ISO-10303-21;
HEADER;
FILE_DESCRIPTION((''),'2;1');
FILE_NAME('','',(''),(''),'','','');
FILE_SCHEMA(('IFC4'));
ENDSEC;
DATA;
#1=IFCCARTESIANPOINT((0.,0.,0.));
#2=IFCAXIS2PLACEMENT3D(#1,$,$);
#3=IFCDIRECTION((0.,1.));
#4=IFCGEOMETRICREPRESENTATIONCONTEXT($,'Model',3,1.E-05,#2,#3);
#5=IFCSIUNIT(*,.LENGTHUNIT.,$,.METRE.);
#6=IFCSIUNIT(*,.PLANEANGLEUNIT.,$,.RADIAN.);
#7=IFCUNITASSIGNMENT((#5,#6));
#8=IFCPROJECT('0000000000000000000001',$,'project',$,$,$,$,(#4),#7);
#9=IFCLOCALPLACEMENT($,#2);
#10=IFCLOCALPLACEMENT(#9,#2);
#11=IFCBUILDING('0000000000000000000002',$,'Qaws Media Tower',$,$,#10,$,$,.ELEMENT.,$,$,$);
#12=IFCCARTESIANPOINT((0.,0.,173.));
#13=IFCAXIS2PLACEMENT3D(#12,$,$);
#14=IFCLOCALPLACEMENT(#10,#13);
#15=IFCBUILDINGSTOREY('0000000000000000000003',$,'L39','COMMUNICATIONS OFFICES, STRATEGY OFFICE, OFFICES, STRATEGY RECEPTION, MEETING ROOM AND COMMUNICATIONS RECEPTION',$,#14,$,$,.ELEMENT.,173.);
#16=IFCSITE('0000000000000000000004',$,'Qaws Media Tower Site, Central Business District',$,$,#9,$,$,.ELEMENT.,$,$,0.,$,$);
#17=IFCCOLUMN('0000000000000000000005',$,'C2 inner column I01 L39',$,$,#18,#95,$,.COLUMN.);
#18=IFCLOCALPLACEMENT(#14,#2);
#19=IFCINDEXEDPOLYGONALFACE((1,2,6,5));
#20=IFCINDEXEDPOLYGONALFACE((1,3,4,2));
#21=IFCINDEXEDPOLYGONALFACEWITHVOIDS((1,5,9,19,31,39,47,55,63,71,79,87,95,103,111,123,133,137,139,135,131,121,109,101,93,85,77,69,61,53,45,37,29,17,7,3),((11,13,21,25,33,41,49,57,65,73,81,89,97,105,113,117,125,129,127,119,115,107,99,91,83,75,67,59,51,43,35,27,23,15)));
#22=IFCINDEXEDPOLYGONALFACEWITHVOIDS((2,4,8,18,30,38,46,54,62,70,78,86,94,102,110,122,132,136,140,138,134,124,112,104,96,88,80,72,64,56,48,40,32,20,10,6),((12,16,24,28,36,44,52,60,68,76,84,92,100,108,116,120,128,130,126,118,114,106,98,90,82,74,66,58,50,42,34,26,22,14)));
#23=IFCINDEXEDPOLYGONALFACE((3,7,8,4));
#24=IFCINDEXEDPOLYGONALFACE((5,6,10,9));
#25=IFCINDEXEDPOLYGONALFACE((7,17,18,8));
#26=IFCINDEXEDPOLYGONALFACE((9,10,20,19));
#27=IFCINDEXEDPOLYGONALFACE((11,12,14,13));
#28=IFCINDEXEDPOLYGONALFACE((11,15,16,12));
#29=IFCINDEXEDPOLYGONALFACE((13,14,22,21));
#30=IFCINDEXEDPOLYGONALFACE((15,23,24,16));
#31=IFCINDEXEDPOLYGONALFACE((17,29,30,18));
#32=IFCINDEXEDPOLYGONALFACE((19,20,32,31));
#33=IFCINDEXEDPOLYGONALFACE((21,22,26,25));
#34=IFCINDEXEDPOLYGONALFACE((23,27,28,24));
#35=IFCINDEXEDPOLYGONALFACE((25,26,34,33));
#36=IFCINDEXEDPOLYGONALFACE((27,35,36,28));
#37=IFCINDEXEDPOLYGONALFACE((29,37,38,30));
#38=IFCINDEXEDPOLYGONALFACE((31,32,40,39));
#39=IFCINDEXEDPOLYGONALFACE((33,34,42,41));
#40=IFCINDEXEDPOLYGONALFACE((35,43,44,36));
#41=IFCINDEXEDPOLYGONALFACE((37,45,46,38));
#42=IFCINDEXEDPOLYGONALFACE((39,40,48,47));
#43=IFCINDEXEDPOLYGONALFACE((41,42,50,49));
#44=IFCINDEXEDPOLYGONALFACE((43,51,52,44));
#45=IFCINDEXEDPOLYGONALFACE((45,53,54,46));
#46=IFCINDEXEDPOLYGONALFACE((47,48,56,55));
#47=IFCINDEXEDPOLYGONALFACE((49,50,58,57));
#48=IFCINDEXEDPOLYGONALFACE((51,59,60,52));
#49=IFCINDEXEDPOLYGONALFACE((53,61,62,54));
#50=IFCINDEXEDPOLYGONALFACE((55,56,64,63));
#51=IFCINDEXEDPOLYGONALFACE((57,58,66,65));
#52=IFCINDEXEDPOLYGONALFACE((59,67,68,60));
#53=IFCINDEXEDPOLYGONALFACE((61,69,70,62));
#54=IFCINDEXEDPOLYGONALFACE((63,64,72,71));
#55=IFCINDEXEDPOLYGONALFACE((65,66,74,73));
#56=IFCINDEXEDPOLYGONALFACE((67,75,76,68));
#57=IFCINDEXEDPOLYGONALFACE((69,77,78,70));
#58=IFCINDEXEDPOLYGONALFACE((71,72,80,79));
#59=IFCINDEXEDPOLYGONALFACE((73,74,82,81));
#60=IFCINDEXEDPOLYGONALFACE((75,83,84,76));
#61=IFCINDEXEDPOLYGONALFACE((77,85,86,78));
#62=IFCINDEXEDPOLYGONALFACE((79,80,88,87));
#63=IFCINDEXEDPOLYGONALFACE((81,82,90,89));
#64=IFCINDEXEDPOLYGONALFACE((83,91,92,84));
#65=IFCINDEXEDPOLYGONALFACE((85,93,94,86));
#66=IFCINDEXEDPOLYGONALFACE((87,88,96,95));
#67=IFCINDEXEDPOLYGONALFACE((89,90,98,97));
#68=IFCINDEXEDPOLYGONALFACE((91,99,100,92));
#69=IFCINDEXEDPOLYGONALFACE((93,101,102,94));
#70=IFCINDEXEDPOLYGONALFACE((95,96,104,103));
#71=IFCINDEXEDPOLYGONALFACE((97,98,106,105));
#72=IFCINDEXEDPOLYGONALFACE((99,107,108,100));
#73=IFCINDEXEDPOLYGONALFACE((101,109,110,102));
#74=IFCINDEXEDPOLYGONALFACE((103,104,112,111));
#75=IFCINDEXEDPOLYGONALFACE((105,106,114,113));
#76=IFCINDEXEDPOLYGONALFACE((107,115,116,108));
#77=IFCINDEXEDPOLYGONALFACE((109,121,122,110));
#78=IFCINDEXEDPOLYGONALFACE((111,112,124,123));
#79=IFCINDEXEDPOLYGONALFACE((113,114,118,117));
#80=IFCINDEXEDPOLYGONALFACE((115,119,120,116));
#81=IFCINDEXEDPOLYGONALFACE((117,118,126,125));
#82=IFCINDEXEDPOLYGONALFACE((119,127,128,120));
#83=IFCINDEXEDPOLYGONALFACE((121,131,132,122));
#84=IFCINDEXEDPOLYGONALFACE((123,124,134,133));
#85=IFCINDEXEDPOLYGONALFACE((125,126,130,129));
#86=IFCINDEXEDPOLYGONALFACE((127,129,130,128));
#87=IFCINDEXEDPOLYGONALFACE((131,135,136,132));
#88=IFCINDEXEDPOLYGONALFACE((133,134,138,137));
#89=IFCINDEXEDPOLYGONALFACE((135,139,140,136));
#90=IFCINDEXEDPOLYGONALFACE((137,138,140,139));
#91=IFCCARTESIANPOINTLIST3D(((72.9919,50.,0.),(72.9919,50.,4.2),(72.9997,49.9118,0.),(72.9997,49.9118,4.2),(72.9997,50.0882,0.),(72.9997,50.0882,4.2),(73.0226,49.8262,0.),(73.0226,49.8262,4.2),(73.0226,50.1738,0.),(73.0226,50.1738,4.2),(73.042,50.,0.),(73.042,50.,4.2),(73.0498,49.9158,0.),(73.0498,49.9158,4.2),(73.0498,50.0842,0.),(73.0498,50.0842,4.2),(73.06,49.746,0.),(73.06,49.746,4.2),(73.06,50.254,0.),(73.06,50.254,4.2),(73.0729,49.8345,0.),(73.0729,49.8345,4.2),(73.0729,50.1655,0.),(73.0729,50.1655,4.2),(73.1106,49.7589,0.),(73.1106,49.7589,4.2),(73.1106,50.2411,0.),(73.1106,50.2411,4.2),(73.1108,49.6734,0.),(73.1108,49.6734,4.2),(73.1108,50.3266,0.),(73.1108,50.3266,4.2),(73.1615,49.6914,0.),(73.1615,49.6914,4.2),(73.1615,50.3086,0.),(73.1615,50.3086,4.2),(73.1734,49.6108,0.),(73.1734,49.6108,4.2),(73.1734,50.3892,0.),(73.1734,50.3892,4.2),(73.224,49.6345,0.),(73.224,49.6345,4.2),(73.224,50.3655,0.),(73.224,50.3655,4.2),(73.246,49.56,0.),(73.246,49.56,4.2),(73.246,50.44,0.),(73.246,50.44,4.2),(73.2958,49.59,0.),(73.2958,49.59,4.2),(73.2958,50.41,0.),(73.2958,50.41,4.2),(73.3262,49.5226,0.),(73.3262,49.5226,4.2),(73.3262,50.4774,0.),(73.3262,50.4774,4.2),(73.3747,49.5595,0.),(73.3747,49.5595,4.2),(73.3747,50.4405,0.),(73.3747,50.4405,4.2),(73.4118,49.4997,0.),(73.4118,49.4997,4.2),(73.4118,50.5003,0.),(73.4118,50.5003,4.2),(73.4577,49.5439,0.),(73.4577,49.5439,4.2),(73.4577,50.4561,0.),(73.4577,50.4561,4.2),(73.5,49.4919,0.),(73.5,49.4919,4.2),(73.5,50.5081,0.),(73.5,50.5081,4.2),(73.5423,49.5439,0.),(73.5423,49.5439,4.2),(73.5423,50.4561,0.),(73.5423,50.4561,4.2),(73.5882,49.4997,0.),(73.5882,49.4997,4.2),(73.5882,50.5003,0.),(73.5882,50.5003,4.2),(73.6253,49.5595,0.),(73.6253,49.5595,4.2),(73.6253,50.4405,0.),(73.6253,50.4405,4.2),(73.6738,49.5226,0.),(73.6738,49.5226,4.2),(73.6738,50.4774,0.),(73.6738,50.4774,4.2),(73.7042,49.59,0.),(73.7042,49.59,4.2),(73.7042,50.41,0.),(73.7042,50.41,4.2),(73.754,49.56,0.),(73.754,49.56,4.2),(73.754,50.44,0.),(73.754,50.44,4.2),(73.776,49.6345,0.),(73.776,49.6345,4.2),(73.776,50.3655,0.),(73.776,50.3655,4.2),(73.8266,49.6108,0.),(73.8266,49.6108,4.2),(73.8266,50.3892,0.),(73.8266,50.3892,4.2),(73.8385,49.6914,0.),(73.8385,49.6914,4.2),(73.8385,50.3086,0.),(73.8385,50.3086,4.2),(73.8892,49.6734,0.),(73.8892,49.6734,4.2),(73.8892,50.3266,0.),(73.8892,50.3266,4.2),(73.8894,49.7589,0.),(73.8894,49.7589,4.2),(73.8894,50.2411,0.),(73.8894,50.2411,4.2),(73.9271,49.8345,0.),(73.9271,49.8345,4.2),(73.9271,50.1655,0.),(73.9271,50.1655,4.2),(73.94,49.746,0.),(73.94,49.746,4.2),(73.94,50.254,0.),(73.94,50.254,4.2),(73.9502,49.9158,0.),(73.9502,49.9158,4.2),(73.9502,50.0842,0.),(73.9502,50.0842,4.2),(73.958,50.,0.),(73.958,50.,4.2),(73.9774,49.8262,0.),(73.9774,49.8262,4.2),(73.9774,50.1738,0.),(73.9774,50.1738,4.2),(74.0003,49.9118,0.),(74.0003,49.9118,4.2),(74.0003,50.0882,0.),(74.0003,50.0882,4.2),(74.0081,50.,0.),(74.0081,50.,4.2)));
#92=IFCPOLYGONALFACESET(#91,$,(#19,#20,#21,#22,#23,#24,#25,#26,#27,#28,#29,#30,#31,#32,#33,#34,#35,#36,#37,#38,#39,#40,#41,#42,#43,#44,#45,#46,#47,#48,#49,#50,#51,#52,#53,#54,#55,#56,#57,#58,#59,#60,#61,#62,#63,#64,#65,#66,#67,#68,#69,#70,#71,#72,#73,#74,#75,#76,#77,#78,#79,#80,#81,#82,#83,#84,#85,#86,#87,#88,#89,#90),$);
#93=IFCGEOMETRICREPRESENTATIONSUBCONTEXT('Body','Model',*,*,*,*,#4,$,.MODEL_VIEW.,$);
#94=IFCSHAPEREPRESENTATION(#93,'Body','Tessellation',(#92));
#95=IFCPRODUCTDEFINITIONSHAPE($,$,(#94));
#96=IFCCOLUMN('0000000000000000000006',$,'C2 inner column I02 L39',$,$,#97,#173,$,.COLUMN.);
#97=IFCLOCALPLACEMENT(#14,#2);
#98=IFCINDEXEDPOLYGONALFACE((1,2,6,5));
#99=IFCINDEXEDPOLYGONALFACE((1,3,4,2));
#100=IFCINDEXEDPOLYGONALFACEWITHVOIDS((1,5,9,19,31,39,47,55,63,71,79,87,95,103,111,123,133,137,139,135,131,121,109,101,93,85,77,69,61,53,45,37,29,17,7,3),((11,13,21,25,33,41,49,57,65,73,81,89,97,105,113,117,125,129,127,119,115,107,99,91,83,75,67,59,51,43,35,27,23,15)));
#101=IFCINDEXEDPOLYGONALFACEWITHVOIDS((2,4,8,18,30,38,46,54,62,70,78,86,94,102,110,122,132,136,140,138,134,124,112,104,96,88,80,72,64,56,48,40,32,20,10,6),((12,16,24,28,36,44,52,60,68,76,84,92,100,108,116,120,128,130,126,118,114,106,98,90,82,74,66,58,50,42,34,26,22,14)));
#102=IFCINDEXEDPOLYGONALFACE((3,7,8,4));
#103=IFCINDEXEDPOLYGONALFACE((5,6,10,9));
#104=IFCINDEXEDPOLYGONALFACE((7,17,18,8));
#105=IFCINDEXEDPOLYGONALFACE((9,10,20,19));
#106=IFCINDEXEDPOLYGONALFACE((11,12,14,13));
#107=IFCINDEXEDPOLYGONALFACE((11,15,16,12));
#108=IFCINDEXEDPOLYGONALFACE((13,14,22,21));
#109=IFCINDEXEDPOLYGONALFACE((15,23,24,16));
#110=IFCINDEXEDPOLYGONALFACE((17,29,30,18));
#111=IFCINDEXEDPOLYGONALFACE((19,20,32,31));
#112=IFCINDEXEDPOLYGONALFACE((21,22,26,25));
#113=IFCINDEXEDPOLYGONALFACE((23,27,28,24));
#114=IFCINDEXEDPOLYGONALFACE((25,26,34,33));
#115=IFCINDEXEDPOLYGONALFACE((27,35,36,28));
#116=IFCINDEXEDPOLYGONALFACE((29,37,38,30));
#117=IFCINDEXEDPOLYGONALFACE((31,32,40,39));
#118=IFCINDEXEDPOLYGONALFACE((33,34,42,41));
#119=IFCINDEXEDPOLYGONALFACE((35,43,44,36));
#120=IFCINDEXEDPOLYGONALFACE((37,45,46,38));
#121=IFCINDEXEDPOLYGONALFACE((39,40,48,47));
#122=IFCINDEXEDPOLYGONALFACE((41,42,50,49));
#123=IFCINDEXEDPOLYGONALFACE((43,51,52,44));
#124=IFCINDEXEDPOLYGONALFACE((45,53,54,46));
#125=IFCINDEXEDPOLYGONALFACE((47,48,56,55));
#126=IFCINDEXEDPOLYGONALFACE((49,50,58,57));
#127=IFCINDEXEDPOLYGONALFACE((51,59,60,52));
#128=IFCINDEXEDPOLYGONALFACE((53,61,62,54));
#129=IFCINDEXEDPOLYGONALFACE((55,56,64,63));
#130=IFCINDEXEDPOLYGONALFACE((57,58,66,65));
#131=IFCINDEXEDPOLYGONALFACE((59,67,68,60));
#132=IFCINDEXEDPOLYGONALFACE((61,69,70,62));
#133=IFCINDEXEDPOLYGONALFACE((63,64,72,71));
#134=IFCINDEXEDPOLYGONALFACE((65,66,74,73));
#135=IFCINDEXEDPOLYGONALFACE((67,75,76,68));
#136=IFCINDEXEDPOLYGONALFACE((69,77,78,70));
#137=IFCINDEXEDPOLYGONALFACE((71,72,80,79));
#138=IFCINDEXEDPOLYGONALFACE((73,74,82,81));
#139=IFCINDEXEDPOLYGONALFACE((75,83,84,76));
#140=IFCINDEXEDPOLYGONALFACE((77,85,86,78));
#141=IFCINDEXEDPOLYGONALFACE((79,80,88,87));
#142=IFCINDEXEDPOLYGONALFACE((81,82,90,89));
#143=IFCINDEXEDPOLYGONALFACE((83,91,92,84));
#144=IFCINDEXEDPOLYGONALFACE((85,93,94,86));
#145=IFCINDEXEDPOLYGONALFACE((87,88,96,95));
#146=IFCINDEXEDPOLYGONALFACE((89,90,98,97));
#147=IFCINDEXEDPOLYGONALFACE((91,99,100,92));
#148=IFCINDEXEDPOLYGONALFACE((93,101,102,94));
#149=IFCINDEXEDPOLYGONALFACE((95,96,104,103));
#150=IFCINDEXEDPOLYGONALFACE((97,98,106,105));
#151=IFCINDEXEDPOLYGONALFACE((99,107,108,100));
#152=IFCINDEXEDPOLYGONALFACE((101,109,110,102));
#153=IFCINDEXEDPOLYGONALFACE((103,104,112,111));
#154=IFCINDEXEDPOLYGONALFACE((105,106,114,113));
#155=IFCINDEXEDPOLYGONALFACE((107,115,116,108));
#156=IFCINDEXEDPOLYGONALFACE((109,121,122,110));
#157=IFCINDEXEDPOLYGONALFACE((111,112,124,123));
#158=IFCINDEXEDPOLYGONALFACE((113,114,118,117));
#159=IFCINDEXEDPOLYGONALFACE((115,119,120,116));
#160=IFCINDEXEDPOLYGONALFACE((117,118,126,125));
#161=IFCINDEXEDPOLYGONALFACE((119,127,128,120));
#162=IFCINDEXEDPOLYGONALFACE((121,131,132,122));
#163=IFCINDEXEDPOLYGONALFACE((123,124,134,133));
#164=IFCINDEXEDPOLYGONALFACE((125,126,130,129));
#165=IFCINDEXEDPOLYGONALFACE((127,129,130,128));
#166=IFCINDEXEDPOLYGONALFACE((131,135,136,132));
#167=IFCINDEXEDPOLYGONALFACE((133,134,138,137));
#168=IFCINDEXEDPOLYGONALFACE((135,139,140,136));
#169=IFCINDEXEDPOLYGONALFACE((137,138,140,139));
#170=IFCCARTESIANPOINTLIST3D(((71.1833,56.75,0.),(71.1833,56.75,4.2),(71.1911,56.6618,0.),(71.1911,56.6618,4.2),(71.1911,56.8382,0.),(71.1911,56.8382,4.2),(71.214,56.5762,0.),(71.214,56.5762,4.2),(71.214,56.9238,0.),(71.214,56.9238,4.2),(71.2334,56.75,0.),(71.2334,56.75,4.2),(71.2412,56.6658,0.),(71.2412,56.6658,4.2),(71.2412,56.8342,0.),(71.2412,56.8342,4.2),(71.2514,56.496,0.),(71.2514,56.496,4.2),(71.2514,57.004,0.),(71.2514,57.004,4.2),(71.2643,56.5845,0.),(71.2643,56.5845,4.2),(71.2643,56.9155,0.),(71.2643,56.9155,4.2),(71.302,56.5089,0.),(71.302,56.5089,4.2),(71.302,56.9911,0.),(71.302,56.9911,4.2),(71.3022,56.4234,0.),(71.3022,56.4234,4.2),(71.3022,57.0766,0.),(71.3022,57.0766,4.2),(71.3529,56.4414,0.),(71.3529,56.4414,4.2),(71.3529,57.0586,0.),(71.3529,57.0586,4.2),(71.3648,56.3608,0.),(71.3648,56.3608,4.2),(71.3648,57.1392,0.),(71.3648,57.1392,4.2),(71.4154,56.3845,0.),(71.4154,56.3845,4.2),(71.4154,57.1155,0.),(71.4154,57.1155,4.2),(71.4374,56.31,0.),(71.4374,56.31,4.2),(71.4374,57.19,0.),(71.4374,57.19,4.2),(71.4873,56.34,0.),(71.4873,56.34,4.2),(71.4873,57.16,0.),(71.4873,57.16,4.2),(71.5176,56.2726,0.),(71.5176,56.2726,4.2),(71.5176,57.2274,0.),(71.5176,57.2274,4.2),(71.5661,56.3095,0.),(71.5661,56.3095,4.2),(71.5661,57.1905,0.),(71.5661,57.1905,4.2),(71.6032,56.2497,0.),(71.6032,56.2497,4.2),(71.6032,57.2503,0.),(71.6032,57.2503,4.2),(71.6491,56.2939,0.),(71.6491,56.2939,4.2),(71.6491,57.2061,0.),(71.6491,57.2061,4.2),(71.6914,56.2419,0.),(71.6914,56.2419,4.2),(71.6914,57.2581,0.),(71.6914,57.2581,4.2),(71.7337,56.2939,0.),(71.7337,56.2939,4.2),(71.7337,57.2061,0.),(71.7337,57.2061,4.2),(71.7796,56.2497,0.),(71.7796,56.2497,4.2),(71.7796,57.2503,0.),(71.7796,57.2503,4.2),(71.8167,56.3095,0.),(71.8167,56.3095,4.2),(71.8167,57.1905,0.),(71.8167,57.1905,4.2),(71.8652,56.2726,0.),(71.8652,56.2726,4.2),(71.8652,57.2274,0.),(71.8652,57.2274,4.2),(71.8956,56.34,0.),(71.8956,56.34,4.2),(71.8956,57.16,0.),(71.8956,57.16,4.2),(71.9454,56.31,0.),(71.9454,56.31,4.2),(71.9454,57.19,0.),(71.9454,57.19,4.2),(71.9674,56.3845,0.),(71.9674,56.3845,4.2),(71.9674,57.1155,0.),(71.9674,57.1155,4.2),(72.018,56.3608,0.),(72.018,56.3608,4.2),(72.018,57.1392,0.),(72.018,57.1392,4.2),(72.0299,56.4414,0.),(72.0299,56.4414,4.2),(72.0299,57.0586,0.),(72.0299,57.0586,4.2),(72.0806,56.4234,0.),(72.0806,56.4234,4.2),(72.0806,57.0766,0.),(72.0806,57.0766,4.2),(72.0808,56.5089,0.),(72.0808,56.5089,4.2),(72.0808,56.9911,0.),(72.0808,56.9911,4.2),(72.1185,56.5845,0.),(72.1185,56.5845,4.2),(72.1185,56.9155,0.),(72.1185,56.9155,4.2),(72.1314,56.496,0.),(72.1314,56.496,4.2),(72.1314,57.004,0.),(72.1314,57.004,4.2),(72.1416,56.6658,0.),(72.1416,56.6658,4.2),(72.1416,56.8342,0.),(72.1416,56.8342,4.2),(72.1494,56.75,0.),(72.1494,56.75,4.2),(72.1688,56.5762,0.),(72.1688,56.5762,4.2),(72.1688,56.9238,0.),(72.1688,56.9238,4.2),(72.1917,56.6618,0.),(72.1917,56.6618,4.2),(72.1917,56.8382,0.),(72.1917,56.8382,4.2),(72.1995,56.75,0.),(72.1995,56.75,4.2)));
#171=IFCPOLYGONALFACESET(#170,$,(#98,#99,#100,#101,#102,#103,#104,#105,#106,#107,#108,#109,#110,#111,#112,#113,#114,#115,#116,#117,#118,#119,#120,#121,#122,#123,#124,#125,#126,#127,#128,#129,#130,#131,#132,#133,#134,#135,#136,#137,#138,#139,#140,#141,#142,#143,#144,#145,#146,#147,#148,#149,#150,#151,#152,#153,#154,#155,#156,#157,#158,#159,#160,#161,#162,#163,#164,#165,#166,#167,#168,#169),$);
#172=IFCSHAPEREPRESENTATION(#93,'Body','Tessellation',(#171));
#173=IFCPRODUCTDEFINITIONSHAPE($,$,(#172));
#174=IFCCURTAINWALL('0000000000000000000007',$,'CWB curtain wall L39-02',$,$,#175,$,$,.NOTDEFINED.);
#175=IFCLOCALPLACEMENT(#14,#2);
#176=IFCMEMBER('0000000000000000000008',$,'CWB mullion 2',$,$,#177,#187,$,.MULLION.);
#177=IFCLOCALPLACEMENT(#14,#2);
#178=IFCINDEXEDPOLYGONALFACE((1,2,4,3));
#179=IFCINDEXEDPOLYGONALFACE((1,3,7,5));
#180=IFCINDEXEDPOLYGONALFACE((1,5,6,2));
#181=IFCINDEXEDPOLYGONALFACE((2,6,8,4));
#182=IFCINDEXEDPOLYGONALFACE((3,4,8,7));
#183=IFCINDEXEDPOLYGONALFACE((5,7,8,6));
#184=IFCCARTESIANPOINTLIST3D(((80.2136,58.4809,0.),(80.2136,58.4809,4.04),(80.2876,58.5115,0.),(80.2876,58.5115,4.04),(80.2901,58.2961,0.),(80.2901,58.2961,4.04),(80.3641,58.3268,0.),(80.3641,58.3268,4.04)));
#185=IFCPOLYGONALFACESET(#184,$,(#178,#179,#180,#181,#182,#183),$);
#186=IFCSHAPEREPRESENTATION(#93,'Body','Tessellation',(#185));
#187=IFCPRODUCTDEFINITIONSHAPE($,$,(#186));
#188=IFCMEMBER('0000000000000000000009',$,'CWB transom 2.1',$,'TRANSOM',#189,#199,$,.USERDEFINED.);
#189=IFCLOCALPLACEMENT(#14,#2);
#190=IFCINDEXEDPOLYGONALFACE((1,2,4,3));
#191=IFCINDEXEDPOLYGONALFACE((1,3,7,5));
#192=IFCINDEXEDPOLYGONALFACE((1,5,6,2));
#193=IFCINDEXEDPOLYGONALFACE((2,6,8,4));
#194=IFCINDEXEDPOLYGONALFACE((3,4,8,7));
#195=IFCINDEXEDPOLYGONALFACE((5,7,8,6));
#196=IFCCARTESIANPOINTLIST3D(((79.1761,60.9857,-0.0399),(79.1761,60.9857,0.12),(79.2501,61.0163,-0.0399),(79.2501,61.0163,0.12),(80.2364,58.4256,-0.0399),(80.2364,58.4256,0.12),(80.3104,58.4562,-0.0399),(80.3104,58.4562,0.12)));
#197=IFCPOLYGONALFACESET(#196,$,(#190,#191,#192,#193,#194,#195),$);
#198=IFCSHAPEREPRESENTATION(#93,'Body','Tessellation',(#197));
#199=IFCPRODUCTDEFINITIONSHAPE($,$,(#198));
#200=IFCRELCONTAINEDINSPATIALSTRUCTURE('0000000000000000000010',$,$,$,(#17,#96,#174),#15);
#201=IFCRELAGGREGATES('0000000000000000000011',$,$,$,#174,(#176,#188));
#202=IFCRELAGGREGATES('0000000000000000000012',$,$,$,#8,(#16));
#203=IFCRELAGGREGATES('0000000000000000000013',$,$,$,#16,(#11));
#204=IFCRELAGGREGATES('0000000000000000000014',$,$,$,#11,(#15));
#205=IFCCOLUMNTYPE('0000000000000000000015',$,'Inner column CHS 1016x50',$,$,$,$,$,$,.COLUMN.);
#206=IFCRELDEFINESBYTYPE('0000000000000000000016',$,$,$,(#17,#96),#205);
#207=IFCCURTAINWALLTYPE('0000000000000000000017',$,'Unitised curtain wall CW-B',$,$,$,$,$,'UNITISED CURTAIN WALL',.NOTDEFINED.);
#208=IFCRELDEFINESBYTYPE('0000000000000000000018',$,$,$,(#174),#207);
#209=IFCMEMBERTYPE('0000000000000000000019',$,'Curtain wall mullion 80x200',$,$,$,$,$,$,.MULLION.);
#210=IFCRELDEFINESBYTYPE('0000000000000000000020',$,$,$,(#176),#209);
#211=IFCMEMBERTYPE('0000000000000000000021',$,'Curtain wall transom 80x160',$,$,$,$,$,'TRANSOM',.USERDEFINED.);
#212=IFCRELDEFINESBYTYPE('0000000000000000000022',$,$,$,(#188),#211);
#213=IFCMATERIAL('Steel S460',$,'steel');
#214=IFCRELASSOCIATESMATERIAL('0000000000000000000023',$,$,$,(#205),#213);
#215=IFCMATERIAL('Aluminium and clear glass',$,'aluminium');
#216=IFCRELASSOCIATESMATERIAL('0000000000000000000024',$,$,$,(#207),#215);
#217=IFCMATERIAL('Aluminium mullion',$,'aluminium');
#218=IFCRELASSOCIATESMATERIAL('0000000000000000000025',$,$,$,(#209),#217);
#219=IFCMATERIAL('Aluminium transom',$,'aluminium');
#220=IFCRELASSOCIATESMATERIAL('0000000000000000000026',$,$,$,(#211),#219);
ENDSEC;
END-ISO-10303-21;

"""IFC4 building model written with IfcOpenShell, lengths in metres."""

from ifc_helpers import new_model, si_unit, direction, frame, origin, origin_2d, place, context, subcontext, project, spatial, rectangle, hollow_circle, extrude, material, material_profile, profile_set, type_object, element, aggregate, save


model = new_model("IFC4")

# Units and contexts
model_context = context("Model", 3, precision=1e-05, world=origin(), true_north=direction((0.0, 1.0)))
body_context = subcontext(model_context, "Body", "Model", "MODEL_VIEW")
ifc_project = project(units=[si_unit("LENGTHUNIT", "METRE"), si_unit("PLANEANGLEUNIT", "RADIAN")], contexts=[model_context])

# Site, building, storey
site_placement = place(None, origin())
site = spatial("IfcSite", under=ifc_project, at=site_placement, Name="Qaws Media Tower Site, Central Business District", CompositionType="ELEMENT", RefElevation=0.0)
building_placement = place(site_placement, origin())
building = spatial("IfcBuilding", under=site, at=building_placement, Name="Qaws Media Tower", CompositionType="ELEMENT")
storey_placement = place(building_placement, frame((0.0, 0.0, 173.0)))
storey = spatial("IfcBuildingStorey", under=building, at=storey_placement, Name="L39", Description="COMMUNICATIONS OFFICES, STRATEGY OFFICE, OFFICES, STRATEGY RECEPTION, MEETING ROOM AND COMMUNICATIONS RECEPTION", CompositionType="ELEMENT", Elevation=173.0)

# Columns
ifc_material_1 = material(Name="Steel S460", Category="steel")
ifc_material_profile_1 = material_profile(ifc_material_1, hollow_circle(Radius=0.5081, WallThickness=0.05, at=origin_2d()), Name="CHS 1016x50")
ifc_profile_set_1 = profile_set([ifc_material_profile_1], Name="Steel S460")
column_type = type_object("IfcColumnType", Name="Inner column CHS 1016x50", PredefinedType="COLUMN", material=ifc_profile_set_1)
for number, where, z_axis, x_axis, name in (
    (1, (73.5, 50.0, 0.0), (0.0, 0.0, 1.0), (1.0, 0.0, 0.0), "C2 inner column I01 L39"),
    (2, (71.6914, 56.75, 0.0), (0.0, 0.0, 1.0), (1.0, 0.0, 0.0), "C2 inner column I02 L39"),
):
    element("IfcColumn", number, at=place(storey_placement, frame(where, z_axis=z_axis, x_axis=x_axis)), inside=storey, type_object=column_type, Name=name, PredefinedType="COLUMN", context=body_context, shape_type="SweptSolid", body=[
        extrude(hollow_circle(Radius=0.5081, WallThickness=0.05, at=origin_2d()), origin(), (0.0, 0.0, 1.0), 4.2),
    ])

# Curtain wall, members
ifc_material_2 = material(Name="Aluminium and clear glass", Category="aluminium")
curtain_wall_type = type_object("IfcCurtainWallType", Name="Unitised curtain wall CW-B", ElementType="UNITISED CURTAIN WALL", PredefinedType="NOTDEFINED", material=ifc_material_2)
curtain_wall_placement = place(storey_placement, origin())
curtain_wall = element("IfcCurtainWall", 3, at=curtain_wall_placement, inside=storey, type_object=curtain_wall_type, Name="CWB curtain wall L39-02", PredefinedType="NOTDEFINED")
ifc_material_3 = material(Name="Aluminium mullion", Category="aluminium")
ifc_material_profile_2 = material_profile(ifc_material_3, rectangle(XDim=0.0801, YDim=0.2, at=origin_2d()), Name="80x200")
ifc_profile_set_2 = profile_set([ifc_material_profile_2], Name="Aluminium mullion")
member_type_1 = type_object("IfcMemberType", Name="Curtain wall mullion 80x200", PredefinedType="MULLION", material=ifc_profile_set_2)
member_1_placement = place(storey_placement, frame((80.2888, 58.4038, 0.0), z_axis=(0.0, 0.0, 1.0), x_axis=(-0.92388, -0.382683, 0.0)))
member_1 = element("IfcMember", 4, at=member_1_placement, type_object=member_type_1, Name="CWB mullion 2", PredefinedType="MULLION", context=body_context, shape_type="SweptSolid", body=[
    extrude(rectangle(XDim=0.0801, YDim=0.2, at=origin_2d()), origin(), (0.0, 0.0, 1.0), 4.04),
])
ifc_material_4 = material(Name="Aluminium transom", Category="aluminium")
ifc_material_profile_3 = material_profile(ifc_material_4, rectangle(XDim=0.0801, YDim=0.1599, at=origin_2d()), Name="80x160")
ifc_profile_set_3 = profile_set([ifc_material_profile_3], Name="Aluminium transom")
member_type_2 = type_object("IfcMemberType", Name="Curtain wall transom 80x160", ElementType="TRANSOM", PredefinedType="USERDEFINED", material=ifc_profile_set_3)
member_2_placement = place(storey_placement, frame((80.2734, 58.4409, 0.04), z_axis=(-0.38265, 0.923893, 0.0), x_axis=(-0.923893, -0.38265, 0.0)))
member_2 = element("IfcMember", 5, at=member_2_placement, type_object=member_type_2, Name="CWB transom 2.1", ObjectType="TRANSOM", PredefinedType="USERDEFINED", context=body_context, shape_type="SweptSolid", body=[
    extrude(rectangle(XDim=0.0801, YDim=0.1599, at=origin_2d()), origin(), (0.0, 0.0, 1.0), 2.771),
])

aggregate(curtain_wall, [member_1, member_2])

save(model, "model.ifc")
